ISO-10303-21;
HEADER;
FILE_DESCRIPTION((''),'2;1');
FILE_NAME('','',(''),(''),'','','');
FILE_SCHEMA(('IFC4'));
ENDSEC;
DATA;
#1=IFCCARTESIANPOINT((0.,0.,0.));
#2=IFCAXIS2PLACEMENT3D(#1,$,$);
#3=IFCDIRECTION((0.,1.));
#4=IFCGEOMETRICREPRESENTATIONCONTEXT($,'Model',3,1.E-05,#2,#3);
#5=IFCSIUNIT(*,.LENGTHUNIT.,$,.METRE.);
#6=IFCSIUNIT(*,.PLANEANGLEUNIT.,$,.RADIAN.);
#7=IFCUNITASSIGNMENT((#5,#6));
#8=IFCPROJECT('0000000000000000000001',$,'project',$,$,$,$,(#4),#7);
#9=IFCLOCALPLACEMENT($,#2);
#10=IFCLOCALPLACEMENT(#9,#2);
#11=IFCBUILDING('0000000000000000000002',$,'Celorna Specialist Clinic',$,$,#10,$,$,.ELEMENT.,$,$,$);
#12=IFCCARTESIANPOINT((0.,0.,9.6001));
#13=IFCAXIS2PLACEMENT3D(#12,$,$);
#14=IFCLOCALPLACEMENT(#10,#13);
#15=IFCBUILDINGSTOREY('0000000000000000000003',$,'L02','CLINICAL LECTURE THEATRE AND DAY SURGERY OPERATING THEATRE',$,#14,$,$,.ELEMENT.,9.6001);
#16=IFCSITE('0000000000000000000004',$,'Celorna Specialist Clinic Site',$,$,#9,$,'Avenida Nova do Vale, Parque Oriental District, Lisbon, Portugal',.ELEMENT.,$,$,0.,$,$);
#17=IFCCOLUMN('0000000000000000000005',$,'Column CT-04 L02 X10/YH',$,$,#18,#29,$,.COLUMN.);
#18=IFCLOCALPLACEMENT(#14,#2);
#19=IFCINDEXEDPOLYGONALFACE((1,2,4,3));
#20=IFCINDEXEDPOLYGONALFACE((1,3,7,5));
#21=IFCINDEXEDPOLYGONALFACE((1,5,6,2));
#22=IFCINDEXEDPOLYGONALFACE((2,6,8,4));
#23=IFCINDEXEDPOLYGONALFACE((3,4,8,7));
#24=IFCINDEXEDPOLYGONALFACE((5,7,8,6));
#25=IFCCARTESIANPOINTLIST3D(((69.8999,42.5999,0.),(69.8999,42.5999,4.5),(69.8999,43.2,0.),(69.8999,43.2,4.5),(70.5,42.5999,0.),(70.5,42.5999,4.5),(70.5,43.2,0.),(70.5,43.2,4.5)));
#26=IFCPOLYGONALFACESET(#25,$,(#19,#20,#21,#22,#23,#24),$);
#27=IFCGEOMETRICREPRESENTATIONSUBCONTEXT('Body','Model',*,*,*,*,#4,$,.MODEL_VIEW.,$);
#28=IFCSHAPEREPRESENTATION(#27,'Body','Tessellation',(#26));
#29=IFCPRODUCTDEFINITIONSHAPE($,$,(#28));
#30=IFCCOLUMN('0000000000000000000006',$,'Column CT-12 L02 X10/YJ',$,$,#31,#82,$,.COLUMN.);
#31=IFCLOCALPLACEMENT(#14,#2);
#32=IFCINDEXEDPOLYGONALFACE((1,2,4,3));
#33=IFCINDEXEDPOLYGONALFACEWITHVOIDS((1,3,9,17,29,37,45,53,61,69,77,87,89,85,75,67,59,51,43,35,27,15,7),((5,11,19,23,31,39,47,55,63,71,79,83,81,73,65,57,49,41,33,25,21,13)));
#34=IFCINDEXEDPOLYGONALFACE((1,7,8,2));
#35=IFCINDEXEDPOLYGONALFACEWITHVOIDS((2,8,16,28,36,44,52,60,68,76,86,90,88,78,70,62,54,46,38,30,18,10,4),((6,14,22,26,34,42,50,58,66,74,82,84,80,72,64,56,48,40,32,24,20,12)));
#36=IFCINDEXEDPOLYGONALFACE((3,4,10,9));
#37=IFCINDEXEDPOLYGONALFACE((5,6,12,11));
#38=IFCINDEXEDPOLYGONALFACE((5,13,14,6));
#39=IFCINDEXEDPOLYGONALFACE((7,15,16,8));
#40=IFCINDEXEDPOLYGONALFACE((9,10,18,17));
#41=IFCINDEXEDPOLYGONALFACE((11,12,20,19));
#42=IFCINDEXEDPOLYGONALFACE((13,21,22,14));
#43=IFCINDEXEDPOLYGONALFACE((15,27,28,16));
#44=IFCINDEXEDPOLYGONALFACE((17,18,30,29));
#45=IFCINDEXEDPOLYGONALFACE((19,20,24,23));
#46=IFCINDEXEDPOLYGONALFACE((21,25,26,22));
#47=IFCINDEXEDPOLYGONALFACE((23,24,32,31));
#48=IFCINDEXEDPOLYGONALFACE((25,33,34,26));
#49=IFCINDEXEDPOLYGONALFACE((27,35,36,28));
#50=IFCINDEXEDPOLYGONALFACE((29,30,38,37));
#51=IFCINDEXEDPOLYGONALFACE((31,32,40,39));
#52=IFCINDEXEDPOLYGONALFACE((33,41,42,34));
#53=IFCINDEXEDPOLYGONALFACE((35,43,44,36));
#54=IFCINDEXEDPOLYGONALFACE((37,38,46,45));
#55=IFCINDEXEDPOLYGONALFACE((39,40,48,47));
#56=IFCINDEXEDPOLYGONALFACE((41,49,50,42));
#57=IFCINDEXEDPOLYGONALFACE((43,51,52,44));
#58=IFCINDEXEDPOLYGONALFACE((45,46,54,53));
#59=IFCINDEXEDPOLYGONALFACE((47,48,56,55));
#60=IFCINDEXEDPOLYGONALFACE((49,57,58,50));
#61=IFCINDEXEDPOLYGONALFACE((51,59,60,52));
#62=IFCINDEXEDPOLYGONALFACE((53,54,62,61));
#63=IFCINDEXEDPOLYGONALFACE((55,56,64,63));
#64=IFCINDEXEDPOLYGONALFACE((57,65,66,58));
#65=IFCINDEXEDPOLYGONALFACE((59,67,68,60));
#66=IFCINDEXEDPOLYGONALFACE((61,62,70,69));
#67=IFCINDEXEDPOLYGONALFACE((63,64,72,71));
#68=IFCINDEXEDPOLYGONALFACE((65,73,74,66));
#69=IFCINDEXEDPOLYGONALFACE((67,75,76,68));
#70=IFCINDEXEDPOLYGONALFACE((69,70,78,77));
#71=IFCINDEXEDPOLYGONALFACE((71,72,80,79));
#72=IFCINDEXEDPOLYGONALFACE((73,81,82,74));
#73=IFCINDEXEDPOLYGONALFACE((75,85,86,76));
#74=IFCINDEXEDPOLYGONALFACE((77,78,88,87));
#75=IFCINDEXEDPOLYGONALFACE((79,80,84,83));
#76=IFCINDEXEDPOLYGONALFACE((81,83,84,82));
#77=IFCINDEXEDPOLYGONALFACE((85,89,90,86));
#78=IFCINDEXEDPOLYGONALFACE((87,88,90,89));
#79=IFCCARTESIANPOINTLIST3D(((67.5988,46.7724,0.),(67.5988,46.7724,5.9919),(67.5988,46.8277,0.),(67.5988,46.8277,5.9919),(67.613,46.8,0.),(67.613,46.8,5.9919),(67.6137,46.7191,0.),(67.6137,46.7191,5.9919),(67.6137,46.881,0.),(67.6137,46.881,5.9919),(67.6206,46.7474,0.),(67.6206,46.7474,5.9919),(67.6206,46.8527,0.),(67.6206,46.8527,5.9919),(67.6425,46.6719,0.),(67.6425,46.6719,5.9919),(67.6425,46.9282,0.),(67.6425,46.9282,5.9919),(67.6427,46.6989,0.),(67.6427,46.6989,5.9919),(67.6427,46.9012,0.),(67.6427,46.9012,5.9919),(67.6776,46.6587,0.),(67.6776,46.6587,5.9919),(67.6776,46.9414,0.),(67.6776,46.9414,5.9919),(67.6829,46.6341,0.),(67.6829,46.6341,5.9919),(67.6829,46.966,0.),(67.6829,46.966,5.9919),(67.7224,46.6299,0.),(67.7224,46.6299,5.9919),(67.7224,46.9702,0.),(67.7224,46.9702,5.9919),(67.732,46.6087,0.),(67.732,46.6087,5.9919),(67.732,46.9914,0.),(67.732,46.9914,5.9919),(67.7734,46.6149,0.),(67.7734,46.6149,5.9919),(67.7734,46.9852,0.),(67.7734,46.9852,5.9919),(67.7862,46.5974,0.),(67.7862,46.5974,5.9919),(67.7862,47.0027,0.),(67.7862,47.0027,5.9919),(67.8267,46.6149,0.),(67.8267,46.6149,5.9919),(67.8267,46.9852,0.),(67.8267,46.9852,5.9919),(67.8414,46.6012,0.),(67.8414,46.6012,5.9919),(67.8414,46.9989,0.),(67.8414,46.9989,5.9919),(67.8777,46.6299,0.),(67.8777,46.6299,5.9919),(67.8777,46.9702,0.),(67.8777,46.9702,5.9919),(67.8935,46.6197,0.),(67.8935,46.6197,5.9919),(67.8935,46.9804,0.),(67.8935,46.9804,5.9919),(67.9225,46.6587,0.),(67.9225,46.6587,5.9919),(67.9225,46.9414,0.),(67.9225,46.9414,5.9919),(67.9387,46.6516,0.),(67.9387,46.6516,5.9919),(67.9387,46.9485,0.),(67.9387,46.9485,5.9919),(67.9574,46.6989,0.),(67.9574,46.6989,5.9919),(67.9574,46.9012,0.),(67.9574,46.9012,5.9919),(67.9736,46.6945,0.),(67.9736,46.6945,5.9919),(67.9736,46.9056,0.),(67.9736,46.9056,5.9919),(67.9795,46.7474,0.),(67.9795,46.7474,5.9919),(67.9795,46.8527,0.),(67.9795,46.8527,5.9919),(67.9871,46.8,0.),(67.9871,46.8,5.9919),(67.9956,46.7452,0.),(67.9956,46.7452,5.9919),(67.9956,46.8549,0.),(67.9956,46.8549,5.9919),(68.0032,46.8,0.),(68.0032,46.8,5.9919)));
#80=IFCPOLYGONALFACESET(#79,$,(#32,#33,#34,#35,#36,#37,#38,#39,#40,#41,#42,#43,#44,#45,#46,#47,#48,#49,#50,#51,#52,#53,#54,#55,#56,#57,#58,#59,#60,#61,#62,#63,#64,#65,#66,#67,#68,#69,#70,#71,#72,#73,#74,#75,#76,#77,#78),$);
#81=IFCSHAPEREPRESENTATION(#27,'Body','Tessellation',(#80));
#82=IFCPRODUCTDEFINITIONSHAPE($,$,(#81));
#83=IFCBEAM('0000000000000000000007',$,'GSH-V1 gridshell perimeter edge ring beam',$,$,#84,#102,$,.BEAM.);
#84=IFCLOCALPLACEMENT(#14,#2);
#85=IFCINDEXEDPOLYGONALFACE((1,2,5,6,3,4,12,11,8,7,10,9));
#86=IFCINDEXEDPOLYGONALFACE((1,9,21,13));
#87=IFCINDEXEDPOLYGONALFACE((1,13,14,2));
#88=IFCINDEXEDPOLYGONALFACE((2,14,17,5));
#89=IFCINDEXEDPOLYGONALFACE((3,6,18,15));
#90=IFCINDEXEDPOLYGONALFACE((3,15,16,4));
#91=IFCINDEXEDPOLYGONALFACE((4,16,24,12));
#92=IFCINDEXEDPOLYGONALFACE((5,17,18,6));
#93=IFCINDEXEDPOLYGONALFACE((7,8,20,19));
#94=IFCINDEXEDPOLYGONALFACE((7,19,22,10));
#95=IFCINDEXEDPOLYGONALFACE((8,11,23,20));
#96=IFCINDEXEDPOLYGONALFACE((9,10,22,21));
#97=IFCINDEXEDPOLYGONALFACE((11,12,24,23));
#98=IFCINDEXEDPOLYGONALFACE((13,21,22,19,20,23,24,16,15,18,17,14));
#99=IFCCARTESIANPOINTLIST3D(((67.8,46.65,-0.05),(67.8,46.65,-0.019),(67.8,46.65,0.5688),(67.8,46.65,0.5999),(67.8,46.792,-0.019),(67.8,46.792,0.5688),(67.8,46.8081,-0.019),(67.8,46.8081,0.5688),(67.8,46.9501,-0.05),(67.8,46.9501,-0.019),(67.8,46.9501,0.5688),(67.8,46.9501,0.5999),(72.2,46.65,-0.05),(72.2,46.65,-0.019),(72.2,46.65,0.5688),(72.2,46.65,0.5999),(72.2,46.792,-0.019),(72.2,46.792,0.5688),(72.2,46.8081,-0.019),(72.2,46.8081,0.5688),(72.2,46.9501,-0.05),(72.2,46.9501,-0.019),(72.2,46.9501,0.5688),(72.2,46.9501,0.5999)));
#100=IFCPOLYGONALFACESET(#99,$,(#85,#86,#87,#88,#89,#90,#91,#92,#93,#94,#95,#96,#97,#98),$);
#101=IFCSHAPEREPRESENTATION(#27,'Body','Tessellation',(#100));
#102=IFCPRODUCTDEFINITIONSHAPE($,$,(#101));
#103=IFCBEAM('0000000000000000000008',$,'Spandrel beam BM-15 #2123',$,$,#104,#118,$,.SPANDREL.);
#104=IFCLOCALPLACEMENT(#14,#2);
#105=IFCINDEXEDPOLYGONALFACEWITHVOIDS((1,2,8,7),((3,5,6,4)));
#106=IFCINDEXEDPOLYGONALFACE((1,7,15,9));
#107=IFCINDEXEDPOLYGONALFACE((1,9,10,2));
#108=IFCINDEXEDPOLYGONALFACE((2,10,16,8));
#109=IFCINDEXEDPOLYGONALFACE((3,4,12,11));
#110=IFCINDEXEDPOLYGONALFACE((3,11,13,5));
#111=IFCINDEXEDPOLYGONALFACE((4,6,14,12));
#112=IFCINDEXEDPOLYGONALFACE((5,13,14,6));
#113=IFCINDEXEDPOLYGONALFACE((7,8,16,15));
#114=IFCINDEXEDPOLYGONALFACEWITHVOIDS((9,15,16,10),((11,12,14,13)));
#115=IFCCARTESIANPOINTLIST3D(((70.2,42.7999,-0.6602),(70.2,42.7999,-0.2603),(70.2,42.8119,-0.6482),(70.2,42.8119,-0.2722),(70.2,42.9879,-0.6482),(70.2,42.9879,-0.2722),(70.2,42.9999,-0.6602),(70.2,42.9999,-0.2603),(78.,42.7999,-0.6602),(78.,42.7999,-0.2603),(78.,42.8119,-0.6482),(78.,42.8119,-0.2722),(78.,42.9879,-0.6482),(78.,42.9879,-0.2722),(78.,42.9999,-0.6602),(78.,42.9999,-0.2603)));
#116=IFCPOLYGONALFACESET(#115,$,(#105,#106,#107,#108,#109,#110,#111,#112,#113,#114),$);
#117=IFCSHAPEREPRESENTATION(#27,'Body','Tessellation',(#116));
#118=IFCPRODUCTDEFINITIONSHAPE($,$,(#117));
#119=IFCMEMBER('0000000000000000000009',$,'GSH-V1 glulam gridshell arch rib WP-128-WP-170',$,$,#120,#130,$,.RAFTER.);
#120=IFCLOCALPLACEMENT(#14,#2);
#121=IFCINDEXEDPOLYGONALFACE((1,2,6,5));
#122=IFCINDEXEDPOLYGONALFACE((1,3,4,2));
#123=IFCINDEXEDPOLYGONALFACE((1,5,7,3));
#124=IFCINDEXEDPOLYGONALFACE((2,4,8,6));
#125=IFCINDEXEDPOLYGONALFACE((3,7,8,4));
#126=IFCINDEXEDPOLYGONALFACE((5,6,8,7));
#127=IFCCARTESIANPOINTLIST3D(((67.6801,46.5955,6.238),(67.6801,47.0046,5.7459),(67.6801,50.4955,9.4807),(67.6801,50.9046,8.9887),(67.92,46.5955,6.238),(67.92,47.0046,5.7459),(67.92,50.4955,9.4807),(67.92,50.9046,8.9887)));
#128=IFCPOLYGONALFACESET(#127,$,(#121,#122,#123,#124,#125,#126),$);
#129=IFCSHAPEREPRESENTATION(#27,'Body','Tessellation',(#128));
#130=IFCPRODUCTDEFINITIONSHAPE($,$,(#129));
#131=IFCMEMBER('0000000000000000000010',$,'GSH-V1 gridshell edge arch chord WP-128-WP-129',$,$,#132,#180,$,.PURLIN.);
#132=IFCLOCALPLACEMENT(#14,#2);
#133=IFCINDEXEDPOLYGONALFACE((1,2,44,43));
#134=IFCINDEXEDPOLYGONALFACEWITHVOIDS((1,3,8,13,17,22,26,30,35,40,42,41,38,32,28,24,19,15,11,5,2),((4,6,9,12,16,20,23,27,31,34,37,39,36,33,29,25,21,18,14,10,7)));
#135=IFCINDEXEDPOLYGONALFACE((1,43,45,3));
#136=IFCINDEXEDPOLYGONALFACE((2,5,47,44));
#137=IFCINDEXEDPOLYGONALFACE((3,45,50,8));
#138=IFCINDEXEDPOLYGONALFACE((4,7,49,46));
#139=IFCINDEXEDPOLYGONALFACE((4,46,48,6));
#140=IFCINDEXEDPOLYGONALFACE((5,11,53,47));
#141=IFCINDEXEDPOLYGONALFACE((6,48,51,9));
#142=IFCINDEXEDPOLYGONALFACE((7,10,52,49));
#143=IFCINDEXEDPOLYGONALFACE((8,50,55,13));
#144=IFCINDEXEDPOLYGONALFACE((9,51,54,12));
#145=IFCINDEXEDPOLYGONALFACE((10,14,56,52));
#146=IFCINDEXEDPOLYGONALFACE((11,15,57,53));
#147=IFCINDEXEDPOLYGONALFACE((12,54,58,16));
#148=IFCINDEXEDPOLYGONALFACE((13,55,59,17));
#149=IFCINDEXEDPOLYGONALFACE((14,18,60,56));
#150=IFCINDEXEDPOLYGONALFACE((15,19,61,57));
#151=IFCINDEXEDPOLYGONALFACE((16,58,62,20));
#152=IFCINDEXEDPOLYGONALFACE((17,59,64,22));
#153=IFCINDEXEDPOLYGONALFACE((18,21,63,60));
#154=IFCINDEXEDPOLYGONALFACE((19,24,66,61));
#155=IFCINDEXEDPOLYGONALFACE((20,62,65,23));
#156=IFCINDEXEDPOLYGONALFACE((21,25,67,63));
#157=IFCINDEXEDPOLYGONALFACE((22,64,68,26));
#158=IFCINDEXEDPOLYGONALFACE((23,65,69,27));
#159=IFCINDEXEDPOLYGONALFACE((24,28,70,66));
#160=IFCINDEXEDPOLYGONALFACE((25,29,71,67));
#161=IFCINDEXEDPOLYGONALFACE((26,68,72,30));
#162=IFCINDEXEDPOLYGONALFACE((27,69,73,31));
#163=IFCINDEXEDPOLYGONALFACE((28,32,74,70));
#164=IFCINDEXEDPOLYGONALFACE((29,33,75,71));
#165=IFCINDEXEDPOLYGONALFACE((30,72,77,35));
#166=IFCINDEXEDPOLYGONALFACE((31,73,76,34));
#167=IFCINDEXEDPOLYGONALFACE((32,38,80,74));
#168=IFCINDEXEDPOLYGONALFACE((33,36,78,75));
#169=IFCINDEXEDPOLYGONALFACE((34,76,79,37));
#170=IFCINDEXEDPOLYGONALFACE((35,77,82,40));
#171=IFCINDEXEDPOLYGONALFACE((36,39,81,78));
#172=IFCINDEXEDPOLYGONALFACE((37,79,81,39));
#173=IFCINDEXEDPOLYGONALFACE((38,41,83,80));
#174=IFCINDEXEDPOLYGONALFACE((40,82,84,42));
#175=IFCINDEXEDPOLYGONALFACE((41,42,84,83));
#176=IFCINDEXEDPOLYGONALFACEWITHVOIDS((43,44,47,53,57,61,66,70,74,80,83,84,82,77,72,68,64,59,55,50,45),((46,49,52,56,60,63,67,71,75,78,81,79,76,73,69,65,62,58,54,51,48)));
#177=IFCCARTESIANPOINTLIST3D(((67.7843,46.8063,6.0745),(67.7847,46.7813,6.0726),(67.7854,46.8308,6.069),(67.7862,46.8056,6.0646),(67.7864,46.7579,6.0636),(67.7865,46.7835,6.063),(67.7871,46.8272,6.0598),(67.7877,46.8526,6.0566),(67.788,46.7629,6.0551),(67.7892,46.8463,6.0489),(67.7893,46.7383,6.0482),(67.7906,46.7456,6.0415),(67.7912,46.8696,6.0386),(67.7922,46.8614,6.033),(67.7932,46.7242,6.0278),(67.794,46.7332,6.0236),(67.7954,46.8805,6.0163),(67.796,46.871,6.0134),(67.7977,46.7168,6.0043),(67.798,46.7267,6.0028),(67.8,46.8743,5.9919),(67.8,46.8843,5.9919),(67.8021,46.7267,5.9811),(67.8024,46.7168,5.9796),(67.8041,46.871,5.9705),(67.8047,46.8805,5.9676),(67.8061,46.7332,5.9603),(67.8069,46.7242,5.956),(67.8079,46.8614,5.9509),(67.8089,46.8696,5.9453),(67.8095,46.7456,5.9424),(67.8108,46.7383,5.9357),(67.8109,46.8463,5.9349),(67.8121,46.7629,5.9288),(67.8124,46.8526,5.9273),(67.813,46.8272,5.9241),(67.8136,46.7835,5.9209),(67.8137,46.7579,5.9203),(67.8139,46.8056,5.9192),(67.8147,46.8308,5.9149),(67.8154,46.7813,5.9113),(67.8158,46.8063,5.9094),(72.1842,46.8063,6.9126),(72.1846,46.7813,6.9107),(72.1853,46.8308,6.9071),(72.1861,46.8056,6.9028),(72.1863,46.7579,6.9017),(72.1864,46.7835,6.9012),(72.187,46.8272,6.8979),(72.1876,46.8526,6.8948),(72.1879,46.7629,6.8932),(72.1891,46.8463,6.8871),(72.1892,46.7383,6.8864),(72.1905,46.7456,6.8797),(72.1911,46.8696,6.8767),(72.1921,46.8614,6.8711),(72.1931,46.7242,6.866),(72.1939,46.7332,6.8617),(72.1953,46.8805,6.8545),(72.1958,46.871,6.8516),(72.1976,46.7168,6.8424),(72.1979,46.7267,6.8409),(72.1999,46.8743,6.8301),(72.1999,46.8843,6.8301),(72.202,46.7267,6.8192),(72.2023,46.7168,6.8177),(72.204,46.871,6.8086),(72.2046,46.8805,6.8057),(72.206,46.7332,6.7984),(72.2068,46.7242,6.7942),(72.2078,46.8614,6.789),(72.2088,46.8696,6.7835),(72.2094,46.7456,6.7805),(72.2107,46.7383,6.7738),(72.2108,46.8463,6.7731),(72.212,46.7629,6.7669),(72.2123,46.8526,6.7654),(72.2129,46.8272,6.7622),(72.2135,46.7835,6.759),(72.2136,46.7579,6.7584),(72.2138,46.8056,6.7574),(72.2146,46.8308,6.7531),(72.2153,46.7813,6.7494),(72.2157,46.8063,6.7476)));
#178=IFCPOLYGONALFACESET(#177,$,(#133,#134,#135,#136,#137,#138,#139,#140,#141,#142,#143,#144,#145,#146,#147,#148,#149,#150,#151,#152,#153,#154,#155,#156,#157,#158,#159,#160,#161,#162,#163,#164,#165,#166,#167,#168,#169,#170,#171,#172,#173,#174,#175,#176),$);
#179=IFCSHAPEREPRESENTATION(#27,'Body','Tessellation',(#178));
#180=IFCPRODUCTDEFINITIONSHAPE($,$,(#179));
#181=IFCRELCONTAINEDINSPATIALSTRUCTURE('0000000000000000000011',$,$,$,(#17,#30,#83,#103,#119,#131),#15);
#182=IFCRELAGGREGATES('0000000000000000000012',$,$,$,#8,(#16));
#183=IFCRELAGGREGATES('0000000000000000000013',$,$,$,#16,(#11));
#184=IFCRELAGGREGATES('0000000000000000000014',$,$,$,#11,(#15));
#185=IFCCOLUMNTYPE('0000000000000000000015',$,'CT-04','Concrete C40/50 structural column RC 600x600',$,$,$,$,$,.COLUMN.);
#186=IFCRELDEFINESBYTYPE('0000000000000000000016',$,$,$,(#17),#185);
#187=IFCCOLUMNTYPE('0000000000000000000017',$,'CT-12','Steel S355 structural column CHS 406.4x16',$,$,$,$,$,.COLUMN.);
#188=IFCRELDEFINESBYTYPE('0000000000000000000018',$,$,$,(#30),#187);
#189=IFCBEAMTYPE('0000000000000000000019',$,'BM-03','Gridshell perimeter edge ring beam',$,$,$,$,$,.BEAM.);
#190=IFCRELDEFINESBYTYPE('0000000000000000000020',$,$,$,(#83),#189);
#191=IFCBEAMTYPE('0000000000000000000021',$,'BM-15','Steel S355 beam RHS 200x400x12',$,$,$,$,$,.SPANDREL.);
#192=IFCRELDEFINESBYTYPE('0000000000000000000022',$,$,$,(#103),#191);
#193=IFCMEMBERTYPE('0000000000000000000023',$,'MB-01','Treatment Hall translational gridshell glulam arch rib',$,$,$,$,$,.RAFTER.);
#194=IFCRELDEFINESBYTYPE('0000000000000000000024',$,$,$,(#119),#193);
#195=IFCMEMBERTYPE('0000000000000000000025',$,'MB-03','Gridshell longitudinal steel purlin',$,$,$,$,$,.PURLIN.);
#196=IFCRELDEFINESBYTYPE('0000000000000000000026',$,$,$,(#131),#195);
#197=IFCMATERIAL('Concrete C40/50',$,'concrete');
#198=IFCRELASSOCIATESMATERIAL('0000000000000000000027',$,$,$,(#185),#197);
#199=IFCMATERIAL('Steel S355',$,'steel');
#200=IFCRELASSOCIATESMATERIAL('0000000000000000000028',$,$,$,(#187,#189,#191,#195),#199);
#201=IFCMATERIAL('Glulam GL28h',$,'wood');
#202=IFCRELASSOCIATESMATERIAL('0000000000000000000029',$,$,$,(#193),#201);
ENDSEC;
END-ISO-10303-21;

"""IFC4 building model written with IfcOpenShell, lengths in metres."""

from ifc_helpers import new_model, si_unit, direction, frame, origin, origin_2d, place, context, subcontext, project, spatial, rectangle, hollow_rectangle, hollow_circle, i_section, extrude, material, material_profile, profile_set, type_object, element, save


model = new_model("IFC4")

# Units and contexts
model_context = context("Model", 3, precision=1e-05, world=origin(), true_north=direction((0.0, 1.0)))
body_context = subcontext(model_context, "Body", "Model", "MODEL_VIEW")
ifc_project = project(units=[si_unit("LENGTHUNIT", "METRE"), si_unit("PLANEANGLEUNIT", "RADIAN")], contexts=[model_context])

# Site, building, storey
site_placement = place(None, origin())
site = spatial("IfcSite", under=ifc_project, at=site_placement, Name="Celorna Specialist Clinic Site", LongName="Avenida Nova do Vale, Parque Oriental District, Lisbon, Portugal", CompositionType="ELEMENT", RefElevation=0.0)
building_placement = place(site_placement, origin())
building = spatial("IfcBuilding", under=site, at=building_placement, Name="Celorna Specialist Clinic", CompositionType="ELEMENT")
storey_placement = place(building_placement, frame((0.0, 0.0, 9.6001)))
storey = spatial("IfcBuildingStorey", under=building, at=storey_placement, Name="L02", Description="CLINICAL LECTURE THEATRE AND DAY SURGERY OPERATING THEATRE", CompositionType="ELEMENT", Elevation=9.6001)

# Columns
ifc_material_1 = material(Name="Concrete C40/50", Category="concrete")
ifc_material_profile_1 = material_profile(ifc_material_1, rectangle(XDim=0.6001, YDim=0.6001, at=origin_2d()), Name="RC 600x600")
ifc_profile_set_1 = profile_set([ifc_material_profile_1], Name="Concrete C40/50")
column_type_1 = type_object("IfcColumnType", Name="CT-04", Description="Concrete C40/50 structural column RC 600x600", PredefinedType="COLUMN", material=ifc_profile_set_1)
column_1_placement = place(storey_placement, frame((70.2, 42.8999, 0.0), z_axis=(0.0, 0.0, 1.0), x_axis=(1.0, 0.0, 0.0)))
element("IfcColumn", 1, at=column_1_placement, inside=storey, type_object=column_type_1, Name="Column CT-04 L02 X10/YH", PredefinedType="COLUMN", context=body_context, shape_type="SweptSolid", body=[
    extrude(rectangle(XDim=0.6001, YDim=0.6001, at=origin_2d()), origin(), (0.0, 0.0, 1.0), 4.5),
])
ifc_material_2 = material(Name="Steel S355", Category="steel")
ifc_material_profile_2 = material_profile(ifc_material_2, hollow_circle(Radius=0.2031, WallThickness=0.0161, at=origin_2d()), Name="CHS 406.4x16")
ifc_profile_set_2 = profile_set([ifc_material_profile_2], Name="Steel S355")
column_type_2 = type_object("IfcColumnType", Name="CT-12", Description="Steel S355 structural column CHS 406.4x16", PredefinedType="COLUMN", material=ifc_profile_set_2)
column_2_placement = place(storey_placement, frame((67.8, 46.8, 0.0), z_axis=(0.0, 0.0, 1.0), x_axis=(1.0, 0.0, 0.0)))
element("IfcColumn", 2, at=column_2_placement, inside=storey, type_object=column_type_2, Name="Column CT-12 L02 X10/YJ", PredefinedType="COLUMN", context=body_context, shape_type="SweptSolid", body=[
    extrude(hollow_circle(Radius=0.2031, WallThickness=0.0161, at=origin_2d()), origin(), (0.0, 0.0, 1.0), 5.9919),
])

# Beams
ifc_material_profile_3 = material_profile(ifc_material_2, i_section(OverallWidth=0.3, OverallDepth=0.6499, WebThickness=0.0161, FlangeThickness=0.031, at=origin_2d()), Name="HE 650 B")
ifc_profile_set_3 = profile_set([ifc_material_profile_3], Name="Steel S355")
beam_type_1 = type_object("IfcBeamType", Name="BM-03", Description="Gridshell perimeter edge ring beam", PredefinedType="BEAM", material=ifc_profile_set_3)
beam_1_placement = place(storey_placement, frame((67.8, 46.8, 0.2749), z_axis=(1.0, 0.0, 0.0), x_axis=(0.0, 1.0, 0.0)))
element("IfcBeam", 3, at=beam_1_placement, inside=storey, type_object=beam_type_1, Name="GSH-V1 gridshell perimeter edge ring beam", PredefinedType="BEAM", context=body_context, shape_type="SweptSolid", body=[
    extrude(i_section(OverallWidth=0.3, OverallDepth=0.6499, WebThickness=0.0161, FlangeThickness=0.031, at=origin_2d()), origin(), (0.0, 0.0, 1.0), 4.3999),
])
ifc_material_profile_4 = material_profile(ifc_material_2, hollow_rectangle(XDim=0.2, YDim=0.3999, WallThickness=0.012, at=origin_2d()), Name="RHS 200x400x12")
ifc_profile_set_4 = profile_set([ifc_material_profile_4], Name="Steel S355")
beam_type_2 = type_object("IfcBeamType", Name="BM-15", Description="Steel S355 beam RHS 200x400x12", PredefinedType="SPANDREL", material=ifc_profile_set_4)
beam_2_placement = place(storey_placement, frame((70.2, 42.8999, -0.4602), z_axis=(1.0, 0.0, 0.0), x_axis=(0.0, 1.0, 0.0)))
element("IfcBeam", 4, at=beam_2_placement, inside=storey, type_object=beam_type_2, Name="Spandrel beam BM-15 #2123", PredefinedType="SPANDREL", context=body_context, shape_type="SweptSolid", body=[
    extrude(hollow_rectangle(XDim=0.2, YDim=0.3999, WallThickness=0.012, at=origin_2d()), origin(), (0.0, 0.0, 1.0), 7.8),
])

# Members
ifc_material_3 = material(Name="Glulam GL28h", Category="wood")
ifc_material_profile_5 = material_profile(ifc_material_3, rectangle(XDim=0.24, YDim=0.6399, at=origin_2d()), Name="GL28h 240x640")
ifc_profile_set_5 = profile_set([ifc_material_profile_5], Name="Glulam GL28h")
member_type_1 = type_object("IfcMemberType", Name="MB-01", Description="Treatment Hall translational gridshell glulam arch rib", PredefinedType="RAFTER", material=ifc_profile_set_5)
member_1_placement = place(storey_placement, frame((67.8, 46.8, 5.9919), z_axis=(0.0, 0.768923, 0.639341), x_axis=(-1.0, 0.0, 0.0)))
element("IfcMember", 5, at=member_1_placement, inside=storey, type_object=member_type_1, Name="GSH-V1 glulam gridshell arch rib WP-128-WP-170", PredefinedType="RAFTER", context=body_context, shape_type="SweptSolid", body=[
    extrude(rectangle(XDim=0.24, YDim=0.6399, at=origin_2d()), origin(), (0.0, 0.0, 1.0), 5.072),
])
ifc_material_profile_6 = material_profile(ifc_material_2, hollow_circle(Radius=0.0842, WallThickness=0.01, at=origin_2d()), Name="CHS 168.3x10")
ifc_profile_set_6 = profile_set([ifc_material_profile_6], Name="Steel S355")
member_type_2 = type_object("IfcMemberType", Name="MB-03", Description="Gridshell longitudinal steel purlin", PredefinedType="PURLIN", material=ifc_profile_set_6)
member_2_placement = place(storey_placement, frame((67.8, 46.8, 5.9919), z_axis=(0.982336, 0.0, 0.187125), x_axis=(0.0, 1.0, 0.0)))
element("IfcMember", 6, at=member_2_placement, inside=storey, type_object=member_type_2, Name="GSH-V1 gridshell edge arch chord WP-128-WP-129", PredefinedType="PURLIN", context=body_context, shape_type="SweptSolid", body=[
    extrude(hollow_circle(Radius=0.0842, WallThickness=0.01, at=origin_2d()), origin(), (0.0, 0.0, 1.0), 4.479),
])

save(model, "model.ifc")
